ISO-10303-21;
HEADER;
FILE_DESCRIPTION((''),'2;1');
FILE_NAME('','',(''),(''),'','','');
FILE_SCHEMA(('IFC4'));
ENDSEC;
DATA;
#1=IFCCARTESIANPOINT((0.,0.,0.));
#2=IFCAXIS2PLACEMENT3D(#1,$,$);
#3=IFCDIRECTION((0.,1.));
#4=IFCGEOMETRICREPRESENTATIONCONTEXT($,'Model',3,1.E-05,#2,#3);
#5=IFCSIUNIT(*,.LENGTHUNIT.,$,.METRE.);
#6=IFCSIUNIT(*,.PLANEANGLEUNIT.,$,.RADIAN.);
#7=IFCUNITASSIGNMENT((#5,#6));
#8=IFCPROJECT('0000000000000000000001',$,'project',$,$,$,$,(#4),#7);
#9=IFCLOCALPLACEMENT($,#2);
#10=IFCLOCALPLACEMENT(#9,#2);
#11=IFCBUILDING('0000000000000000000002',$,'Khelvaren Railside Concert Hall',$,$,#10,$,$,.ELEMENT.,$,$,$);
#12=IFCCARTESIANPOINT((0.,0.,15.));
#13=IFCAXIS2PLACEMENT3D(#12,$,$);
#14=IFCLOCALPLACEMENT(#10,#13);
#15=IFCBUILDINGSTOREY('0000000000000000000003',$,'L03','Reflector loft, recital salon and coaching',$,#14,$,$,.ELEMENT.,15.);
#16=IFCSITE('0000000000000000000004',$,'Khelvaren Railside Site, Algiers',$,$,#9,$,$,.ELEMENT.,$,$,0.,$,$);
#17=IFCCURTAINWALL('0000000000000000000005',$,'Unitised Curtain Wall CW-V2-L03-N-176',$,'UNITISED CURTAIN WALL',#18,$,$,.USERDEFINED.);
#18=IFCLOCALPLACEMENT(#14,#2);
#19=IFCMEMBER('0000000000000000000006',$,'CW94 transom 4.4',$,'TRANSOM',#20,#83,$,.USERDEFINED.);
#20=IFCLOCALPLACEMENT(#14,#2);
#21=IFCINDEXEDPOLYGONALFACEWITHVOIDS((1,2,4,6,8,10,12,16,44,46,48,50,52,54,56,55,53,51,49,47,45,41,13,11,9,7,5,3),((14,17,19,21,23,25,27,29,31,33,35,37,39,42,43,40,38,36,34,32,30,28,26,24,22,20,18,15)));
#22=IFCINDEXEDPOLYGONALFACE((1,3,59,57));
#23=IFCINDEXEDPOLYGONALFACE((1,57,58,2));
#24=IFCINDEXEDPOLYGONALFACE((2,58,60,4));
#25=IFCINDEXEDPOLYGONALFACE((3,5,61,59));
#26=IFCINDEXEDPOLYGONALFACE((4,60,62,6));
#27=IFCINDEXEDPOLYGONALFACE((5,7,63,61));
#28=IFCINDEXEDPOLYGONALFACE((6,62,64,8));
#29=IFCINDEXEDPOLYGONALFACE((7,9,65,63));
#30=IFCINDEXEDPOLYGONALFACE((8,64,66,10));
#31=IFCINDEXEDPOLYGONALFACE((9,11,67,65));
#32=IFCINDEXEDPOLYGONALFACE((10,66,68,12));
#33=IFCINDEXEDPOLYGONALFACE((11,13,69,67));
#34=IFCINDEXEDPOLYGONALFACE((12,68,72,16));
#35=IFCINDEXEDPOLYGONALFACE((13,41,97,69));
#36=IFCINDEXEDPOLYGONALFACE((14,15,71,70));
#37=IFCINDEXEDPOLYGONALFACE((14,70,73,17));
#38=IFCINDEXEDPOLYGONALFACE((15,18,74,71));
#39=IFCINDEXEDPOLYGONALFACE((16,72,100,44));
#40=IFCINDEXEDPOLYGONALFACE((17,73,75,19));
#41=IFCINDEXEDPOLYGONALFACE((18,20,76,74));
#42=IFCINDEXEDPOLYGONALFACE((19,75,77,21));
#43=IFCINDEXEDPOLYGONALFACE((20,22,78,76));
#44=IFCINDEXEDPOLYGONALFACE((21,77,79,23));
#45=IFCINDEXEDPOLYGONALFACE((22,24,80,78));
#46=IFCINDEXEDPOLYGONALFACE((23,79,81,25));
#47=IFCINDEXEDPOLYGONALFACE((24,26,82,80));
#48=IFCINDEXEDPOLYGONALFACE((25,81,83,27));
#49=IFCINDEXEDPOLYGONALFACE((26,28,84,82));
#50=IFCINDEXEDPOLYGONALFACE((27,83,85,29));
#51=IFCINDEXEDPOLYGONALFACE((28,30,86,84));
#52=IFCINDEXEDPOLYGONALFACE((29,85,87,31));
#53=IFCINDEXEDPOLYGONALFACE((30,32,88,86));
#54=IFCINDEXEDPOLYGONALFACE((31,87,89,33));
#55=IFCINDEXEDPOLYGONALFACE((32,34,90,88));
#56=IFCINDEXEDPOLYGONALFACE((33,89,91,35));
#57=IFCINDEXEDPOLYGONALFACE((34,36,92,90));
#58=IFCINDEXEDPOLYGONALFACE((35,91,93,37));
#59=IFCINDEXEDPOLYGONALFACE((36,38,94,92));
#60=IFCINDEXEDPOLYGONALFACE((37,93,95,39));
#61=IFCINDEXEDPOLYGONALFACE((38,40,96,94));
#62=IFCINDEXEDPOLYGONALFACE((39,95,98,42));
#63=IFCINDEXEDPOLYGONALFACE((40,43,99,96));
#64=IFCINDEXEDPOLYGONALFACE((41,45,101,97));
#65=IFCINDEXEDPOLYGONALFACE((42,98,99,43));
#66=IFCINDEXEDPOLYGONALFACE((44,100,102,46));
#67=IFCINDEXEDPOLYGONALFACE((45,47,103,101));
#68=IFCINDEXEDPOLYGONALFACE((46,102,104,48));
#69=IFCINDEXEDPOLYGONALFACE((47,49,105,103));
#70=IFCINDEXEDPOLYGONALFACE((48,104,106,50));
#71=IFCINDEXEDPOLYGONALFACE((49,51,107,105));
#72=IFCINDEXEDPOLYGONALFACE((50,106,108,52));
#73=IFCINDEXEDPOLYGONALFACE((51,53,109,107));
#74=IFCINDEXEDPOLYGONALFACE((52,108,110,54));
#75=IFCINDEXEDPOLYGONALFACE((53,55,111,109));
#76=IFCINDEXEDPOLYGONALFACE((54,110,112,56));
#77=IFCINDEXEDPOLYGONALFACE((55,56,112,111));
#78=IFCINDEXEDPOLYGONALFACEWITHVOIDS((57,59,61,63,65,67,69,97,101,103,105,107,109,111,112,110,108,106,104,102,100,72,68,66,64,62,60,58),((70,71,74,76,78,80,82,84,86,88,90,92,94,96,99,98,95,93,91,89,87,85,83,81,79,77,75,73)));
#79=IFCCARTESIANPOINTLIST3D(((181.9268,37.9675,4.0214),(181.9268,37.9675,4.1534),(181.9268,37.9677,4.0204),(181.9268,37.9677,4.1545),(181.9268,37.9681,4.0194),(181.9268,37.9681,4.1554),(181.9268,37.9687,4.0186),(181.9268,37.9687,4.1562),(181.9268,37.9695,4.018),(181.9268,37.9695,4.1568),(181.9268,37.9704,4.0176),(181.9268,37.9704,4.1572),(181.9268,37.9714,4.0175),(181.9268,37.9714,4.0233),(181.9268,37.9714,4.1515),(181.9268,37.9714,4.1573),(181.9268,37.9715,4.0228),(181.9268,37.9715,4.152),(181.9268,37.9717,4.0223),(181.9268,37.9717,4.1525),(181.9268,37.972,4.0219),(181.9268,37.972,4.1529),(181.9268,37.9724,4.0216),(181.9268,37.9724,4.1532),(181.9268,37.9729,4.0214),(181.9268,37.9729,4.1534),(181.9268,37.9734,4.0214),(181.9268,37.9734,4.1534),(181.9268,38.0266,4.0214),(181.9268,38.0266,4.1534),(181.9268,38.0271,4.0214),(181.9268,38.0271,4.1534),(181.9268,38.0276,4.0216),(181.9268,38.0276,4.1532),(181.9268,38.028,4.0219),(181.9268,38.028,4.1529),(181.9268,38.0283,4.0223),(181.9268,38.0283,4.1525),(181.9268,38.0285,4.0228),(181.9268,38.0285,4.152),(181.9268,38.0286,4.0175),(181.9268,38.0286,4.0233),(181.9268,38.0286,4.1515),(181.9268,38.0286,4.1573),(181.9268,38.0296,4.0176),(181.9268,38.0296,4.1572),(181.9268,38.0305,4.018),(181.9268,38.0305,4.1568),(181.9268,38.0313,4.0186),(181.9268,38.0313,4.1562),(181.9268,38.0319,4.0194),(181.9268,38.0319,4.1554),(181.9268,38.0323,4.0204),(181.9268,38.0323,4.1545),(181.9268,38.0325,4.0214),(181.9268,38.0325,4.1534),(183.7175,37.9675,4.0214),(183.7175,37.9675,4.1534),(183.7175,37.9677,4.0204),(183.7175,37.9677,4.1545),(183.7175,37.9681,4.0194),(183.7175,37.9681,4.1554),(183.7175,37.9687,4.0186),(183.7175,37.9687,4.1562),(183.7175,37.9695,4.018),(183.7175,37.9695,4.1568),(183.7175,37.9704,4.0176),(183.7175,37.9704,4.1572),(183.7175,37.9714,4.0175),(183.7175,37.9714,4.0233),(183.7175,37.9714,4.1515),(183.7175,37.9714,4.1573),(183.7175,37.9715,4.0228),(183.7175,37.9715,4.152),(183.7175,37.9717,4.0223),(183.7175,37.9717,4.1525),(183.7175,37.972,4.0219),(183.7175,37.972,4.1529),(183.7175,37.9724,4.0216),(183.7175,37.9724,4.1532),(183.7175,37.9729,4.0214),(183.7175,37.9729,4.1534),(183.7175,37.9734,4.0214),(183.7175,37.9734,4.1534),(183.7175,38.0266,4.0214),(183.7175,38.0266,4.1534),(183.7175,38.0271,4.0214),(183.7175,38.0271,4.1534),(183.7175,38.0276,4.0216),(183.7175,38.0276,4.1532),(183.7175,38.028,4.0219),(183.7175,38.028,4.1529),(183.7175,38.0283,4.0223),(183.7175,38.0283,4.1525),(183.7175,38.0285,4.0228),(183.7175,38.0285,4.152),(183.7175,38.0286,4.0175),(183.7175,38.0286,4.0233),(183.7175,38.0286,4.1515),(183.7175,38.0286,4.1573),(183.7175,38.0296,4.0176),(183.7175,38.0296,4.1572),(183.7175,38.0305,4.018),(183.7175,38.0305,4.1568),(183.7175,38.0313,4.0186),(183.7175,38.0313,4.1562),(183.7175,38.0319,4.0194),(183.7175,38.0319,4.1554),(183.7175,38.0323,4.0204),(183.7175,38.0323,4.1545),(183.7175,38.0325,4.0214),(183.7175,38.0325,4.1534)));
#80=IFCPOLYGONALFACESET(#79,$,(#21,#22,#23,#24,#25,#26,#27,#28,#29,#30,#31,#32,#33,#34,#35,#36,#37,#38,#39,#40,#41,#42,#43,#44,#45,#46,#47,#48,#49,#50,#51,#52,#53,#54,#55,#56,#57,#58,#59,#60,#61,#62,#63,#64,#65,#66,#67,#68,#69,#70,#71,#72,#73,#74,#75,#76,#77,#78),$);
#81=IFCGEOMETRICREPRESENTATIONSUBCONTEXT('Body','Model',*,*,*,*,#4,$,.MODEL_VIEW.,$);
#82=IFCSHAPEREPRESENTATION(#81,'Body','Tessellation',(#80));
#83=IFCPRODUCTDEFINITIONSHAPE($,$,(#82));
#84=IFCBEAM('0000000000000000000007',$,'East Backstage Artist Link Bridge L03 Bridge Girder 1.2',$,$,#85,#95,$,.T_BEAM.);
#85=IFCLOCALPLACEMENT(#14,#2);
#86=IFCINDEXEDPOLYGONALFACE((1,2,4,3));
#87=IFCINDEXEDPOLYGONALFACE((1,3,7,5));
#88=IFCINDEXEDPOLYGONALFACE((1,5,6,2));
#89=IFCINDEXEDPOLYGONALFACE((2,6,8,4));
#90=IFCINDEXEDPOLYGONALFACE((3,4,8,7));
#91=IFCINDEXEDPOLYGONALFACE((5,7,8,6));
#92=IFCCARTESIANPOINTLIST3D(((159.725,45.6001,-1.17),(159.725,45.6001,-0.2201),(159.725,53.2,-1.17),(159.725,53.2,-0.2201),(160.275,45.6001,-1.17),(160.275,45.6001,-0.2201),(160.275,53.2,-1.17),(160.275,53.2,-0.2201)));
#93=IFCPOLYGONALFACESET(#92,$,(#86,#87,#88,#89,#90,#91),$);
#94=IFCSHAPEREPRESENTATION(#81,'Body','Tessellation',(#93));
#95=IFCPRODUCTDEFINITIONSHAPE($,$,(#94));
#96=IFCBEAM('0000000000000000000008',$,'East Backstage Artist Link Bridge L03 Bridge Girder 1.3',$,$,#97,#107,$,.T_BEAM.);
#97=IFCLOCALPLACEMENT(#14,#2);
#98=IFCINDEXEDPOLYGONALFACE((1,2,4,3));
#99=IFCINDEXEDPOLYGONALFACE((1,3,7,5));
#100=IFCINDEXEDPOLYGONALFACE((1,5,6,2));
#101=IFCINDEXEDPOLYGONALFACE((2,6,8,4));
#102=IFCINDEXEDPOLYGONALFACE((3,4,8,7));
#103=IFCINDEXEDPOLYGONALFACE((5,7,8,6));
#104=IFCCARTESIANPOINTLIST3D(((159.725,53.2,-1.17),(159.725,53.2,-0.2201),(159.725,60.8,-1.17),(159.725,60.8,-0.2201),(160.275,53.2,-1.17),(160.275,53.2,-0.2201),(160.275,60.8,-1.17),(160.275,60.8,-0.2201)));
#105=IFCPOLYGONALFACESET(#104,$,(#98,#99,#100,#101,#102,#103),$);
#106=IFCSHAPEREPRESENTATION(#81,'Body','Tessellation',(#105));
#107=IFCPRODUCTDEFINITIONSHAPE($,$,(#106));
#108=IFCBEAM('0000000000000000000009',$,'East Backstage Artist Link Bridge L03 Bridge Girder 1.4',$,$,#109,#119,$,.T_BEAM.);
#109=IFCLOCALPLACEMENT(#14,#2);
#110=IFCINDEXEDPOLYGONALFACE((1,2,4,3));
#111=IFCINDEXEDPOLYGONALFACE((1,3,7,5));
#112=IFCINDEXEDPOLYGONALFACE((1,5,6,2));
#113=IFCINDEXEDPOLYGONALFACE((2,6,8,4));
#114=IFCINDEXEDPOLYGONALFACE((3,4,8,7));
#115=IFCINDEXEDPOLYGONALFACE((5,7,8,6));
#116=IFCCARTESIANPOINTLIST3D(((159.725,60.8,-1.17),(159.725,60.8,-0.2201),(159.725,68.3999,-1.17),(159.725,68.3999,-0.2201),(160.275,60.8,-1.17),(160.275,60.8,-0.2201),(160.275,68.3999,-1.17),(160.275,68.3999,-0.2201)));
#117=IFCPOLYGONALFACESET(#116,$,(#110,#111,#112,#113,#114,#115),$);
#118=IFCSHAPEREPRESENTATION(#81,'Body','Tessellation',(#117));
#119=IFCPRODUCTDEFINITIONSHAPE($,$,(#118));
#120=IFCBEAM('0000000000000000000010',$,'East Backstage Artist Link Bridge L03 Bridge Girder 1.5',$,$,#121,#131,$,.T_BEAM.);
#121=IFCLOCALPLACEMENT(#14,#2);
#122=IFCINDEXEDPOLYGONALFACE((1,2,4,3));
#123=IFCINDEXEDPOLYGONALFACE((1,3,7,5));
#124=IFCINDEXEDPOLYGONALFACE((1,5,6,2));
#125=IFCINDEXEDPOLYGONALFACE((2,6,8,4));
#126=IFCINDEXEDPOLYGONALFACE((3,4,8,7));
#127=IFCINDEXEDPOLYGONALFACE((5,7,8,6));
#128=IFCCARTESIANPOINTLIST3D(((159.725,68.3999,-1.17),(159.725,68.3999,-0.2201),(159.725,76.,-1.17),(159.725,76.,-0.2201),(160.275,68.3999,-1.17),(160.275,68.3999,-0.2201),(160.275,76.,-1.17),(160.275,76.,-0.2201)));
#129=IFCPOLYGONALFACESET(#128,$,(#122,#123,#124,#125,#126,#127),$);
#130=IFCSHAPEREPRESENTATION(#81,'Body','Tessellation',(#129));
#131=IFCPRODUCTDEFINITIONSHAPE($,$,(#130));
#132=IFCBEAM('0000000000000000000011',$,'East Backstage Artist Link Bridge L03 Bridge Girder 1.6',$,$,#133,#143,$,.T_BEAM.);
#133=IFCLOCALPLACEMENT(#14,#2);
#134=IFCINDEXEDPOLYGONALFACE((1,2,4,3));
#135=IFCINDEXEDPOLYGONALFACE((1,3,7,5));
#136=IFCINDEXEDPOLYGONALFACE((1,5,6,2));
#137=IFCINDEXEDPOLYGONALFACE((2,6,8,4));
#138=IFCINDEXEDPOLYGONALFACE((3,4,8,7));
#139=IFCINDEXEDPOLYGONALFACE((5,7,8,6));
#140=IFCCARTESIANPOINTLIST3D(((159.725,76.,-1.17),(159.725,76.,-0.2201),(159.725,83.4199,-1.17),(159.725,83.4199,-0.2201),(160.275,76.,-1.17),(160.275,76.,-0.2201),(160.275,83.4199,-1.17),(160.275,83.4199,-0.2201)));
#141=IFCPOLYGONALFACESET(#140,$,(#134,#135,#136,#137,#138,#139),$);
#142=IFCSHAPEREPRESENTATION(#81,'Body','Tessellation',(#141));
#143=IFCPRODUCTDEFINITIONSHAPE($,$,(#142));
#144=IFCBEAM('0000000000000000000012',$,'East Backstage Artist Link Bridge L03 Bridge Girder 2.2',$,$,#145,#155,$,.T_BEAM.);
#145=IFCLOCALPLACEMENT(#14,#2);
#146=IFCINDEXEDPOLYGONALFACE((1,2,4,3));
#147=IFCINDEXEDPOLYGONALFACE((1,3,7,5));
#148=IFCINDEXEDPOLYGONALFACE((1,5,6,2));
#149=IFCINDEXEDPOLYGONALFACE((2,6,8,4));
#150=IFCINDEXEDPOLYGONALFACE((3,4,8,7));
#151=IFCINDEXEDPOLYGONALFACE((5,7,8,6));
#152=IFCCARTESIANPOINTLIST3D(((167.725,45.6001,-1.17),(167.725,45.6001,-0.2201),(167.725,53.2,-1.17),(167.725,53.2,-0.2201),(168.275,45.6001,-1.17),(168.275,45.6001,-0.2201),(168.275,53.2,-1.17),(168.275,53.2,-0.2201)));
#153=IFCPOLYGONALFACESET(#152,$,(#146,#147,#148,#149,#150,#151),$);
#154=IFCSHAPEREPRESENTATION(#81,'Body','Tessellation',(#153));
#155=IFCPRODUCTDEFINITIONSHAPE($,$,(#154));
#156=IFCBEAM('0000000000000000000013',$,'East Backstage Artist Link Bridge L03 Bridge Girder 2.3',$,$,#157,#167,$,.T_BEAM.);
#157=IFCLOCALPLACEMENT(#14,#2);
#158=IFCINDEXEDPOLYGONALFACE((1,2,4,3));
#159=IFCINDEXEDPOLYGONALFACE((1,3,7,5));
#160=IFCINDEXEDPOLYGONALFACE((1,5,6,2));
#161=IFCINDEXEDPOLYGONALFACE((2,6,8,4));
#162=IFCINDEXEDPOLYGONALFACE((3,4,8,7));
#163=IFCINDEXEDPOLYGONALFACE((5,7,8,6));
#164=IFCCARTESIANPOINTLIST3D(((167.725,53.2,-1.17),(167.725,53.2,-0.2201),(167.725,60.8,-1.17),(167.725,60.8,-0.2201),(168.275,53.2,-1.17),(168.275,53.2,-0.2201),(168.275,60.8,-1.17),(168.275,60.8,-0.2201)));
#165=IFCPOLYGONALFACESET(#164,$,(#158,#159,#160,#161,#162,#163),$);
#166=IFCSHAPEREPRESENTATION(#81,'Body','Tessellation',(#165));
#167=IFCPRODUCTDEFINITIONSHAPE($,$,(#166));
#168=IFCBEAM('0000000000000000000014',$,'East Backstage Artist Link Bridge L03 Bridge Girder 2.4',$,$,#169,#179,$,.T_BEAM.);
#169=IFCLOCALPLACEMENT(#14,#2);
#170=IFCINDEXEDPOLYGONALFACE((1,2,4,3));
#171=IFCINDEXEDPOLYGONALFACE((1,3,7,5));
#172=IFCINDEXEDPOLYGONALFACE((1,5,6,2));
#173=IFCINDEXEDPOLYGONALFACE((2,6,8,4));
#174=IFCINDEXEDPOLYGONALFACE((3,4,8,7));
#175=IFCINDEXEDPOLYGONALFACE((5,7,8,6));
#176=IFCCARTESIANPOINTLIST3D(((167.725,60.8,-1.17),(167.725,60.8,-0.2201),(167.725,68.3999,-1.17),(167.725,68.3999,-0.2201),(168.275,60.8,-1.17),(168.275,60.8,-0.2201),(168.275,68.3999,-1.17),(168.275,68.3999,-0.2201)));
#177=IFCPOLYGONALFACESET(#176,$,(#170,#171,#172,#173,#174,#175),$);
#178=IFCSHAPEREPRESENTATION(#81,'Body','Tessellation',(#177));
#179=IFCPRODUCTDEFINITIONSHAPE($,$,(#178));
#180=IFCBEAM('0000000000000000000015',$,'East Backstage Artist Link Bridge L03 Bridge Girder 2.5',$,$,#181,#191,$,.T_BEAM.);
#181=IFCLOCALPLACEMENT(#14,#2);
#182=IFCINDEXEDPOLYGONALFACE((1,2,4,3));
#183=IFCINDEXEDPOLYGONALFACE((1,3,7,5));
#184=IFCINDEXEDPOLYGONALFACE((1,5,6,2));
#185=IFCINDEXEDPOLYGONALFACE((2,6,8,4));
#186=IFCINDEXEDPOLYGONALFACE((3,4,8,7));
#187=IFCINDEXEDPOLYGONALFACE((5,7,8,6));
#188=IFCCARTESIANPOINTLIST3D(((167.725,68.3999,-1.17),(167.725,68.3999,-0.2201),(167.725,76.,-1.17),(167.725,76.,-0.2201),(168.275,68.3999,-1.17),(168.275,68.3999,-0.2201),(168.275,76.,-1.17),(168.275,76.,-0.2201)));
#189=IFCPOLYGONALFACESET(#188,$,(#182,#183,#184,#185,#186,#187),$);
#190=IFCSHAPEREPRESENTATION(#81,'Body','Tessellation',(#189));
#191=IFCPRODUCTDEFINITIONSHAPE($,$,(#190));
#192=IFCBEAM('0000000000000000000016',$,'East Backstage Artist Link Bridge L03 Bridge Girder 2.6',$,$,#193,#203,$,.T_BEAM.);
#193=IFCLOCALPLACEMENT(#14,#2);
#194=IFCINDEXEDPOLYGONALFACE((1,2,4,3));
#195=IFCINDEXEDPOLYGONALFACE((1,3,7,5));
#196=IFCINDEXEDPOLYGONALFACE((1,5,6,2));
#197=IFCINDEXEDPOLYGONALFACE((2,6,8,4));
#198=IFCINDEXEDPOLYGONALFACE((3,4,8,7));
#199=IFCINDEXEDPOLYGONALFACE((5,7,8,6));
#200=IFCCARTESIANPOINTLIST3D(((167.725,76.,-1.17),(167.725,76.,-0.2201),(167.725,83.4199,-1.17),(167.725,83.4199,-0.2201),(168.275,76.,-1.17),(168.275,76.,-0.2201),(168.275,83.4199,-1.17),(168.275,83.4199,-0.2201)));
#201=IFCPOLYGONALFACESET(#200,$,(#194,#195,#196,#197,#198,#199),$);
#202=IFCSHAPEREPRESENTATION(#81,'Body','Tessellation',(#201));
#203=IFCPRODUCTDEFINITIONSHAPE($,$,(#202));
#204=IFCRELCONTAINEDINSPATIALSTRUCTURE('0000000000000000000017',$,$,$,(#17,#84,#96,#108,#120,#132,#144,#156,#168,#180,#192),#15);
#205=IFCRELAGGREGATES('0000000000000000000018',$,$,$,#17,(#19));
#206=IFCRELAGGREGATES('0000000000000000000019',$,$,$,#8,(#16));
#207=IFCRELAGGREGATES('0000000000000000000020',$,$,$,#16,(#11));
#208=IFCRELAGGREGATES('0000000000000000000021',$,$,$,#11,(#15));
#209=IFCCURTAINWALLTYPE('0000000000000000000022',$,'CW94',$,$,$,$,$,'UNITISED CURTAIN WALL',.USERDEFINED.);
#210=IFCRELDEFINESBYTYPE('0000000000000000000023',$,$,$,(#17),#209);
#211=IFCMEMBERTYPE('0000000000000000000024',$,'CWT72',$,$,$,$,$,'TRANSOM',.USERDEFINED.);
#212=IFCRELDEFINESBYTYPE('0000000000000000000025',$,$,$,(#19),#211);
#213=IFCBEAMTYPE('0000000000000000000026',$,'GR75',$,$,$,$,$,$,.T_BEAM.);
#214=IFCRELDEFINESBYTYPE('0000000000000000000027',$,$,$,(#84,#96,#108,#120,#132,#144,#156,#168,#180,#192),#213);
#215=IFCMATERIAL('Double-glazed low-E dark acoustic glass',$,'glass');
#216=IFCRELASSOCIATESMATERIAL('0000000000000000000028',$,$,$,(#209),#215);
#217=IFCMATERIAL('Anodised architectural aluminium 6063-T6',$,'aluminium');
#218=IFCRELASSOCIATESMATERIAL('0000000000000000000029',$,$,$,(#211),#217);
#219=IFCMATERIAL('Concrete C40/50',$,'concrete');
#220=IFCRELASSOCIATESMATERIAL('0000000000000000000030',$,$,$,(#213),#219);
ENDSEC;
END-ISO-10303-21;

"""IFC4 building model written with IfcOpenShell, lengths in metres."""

from ifc_helpers import new_model, si_unit, direction, frame, origin, origin_2d, place, context, subcontext, project, spatial, rectangle, hollow_rectangle, extrude, material, material_profile, profile_set, type_object, element, aggregate, save


model = new_model("IFC4")

# Units and contexts
model_context = context("Model", 3, precision=1e-05, world=origin(), true_north=direction((0.0, 1.0)))
body_context = subcontext(model_context, "Body", "Model", "MODEL_VIEW")
ifc_project = project(units=[si_unit("LENGTHUNIT", "METRE"), si_unit("PLANEANGLEUNIT", "RADIAN")], contexts=[model_context])

# Site, building, storey
site_placement = place(None, origin())
site = spatial("IfcSite", under=ifc_project, at=site_placement, Name="Khelvaren Railside Site, Algiers", CompositionType="ELEMENT", RefElevation=0.0)
building_placement = place(site_placement, origin())
building = spatial("IfcBuilding", under=site, at=building_placement, Name="Khelvaren Railside Concert Hall", CompositionType="ELEMENT")
storey_placement = place(building_placement, frame((0.0, 0.0, 15.0)))
storey = spatial("IfcBuildingStorey", under=building, at=storey_placement, Name="L03", Description="Reflector loft, recital salon and coaching", CompositionType="ELEMENT", Elevation=15.0)

# Shared definitions
ifc_material_1 = material(Name="Concrete C40/50", Category="concrete")

# Curtain wall, member
ifc_material_2 = material(Name="Double-glazed low-E dark acoustic glass", Category="glass")
curtain_wall_type = type_object("IfcCurtainWallType", Name="CW94", ElementType="UNITISED CURTAIN WALL", PredefinedType="USERDEFINED", material=ifc_material_2)
curtain_wall_placement = place(storey_placement, origin())
curtain_wall = element("IfcCurtainWall", 1, at=curtain_wall_placement, inside=storey, type_object=curtain_wall_type, Name="Unitised Curtain Wall CW-V2-L03-N-176", ObjectType="UNITISED CURTAIN WALL", PredefinedType="USERDEFINED")
ifc_material_3 = material(Name="Anodised architectural aluminium 6063-T6", Category="aluminium")
ifc_material_profile_1 = material_profile(ifc_material_3, hollow_rectangle(XDim=0.0649, YDim=0.1399, WallThickness=0.0039, InnerFilletRadius=0.002, OuterFilletRadius=0.0039, at=origin_2d()), Name="CWT 65x140x4")
ifc_profile_set_1 = profile_set([ifc_material_profile_1], Name="Anodised architectural aluminium 6063-T6")
member_type_1 = type_object("IfcMemberType", Name="CWT72", ElementType="TRANSOM", PredefinedType="USERDEFINED", material=ifc_profile_set_1)
member_1_placement = place(storey_placement, frame((181.9268, 38.0, 4.0874), z_axis=(1.0, 0.0, 0.0), x_axis=(0.0, 1.0, 0.0)))
member_1 = element("IfcMember", 2, at=member_1_placement, type_object=member_type_1, Name="CW94 transom 4.4", ObjectType="TRANSOM", PredefinedType="USERDEFINED", context=body_context, shape_type="SweptSolid", body=[
    extrude(hollow_rectangle(XDim=0.0649, YDim=0.1399, WallThickness=0.0039, InnerFilletRadius=0.002, OuterFilletRadius=0.0039, at=origin_2d()), origin(), (0.0, 0.0, 1.0), 1.7908),
])

# Beams
ifc_material_profile_2 = material_profile(ifc_material_1, rectangle(XDim=0.55, YDim=0.95, at=origin_2d()), Name="RCB 550x950")
ifc_profile_set_2 = profile_set([ifc_material_profile_2], Name="Concrete C40/50")
beam_type_1 = type_object("IfcBeamType", Name="GR75", PredefinedType="T_BEAM", material=ifc_profile_set_2)
beam_1_placement = place(storey_placement, frame((160.0, 45.6001, -0.6951), z_axis=(0.0, 1.0, 0.0), x_axis=(-1.0, 0.0, 0.0)))
element("IfcBeam", 3, at=beam_1_placement, inside=storey, type_object=beam_type_1, Name="East Backstage Artist Link Bridge L03 Bridge Girder 1.2", PredefinedType="T_BEAM", context=body_context, shape_type="SweptSolid", body=[
    extrude(rectangle(XDim=0.55, YDim=0.95, at=origin_2d()), origin(), (0.0, 0.0, 1.0), 7.5999),
])
beam_2_placement = place(storey_placement, frame((160.0, 53.2, -0.6951), z_axis=(0.0, 1.0, 0.0), x_axis=(-1.0, 0.0, 0.0)))
element("IfcBeam", 4, at=beam_2_placement, inside=storey, type_object=beam_type_1, Name="East Backstage Artist Link Bridge L03 Bridge Girder 1.3", PredefinedType="T_BEAM", context=body_context, shape_type="SweptSolid", body=[
    extrude(rectangle(XDim=0.55, YDim=0.95, at=origin_2d()), origin(), (0.0, 0.0, 1.0), 7.6001),
])
beam_3_placement = place(storey_placement, frame((160.0, 60.8, -0.6951), z_axis=(0.0, 1.0, 0.0), x_axis=(-1.0, 0.0, 0.0)))
element("IfcBeam", 5, at=beam_3_placement, inside=storey, type_object=beam_type_1, Name="East Backstage Artist Link Bridge L03 Bridge Girder 1.4", PredefinedType="T_BEAM", context=body_context, shape_type="SweptSolid", body=[
    extrude(rectangle(XDim=0.55, YDim=0.95, at=origin_2d()), origin(), (0.0, 0.0, 1.0), 7.5999),
])
beam_4_placement = place(storey_placement, frame((160.0, 68.3999, -0.6951), z_axis=(0.0, 1.0, 0.0), x_axis=(-1.0, 0.0, 0.0)))
element("IfcBeam", 6, at=beam_4_placement, inside=storey, type_object=beam_type_1, Name="East Backstage Artist Link Bridge L03 Bridge Girder 1.5", PredefinedType="T_BEAM", context=body_context, shape_type="SweptSolid", body=[
    extrude(rectangle(XDim=0.55, YDim=0.95, at=origin_2d()), origin(), (0.0, 0.0, 1.0), 7.6001),
])
beam_5_placement = place(storey_placement, frame((160.0, 76.0, -0.6951), z_axis=(0.0, 1.0, 0.0), x_axis=(-1.0, 0.0, 0.0)))
element("IfcBeam", 7, at=beam_5_placement, inside=storey, type_object=beam_type_1, Name="East Backstage Artist Link Bridge L03 Bridge Girder 1.6", PredefinedType="T_BEAM", context=body_context, shape_type="SweptSolid", body=[
    extrude(rectangle(XDim=0.55, YDim=0.95, at=origin_2d()), origin(), (0.0, 0.0, 1.0), 7.4199),
])
beam_6_placement = place(storey_placement, frame((168.0, 45.6001, -0.6951), z_axis=(0.0, 1.0, 0.0), x_axis=(-1.0, 0.0, 0.0)))
element("IfcBeam", 8, at=beam_6_placement, inside=storey, type_object=beam_type_1, Name="East Backstage Artist Link Bridge L03 Bridge Girder 2.2", PredefinedType="T_BEAM", context=body_context, shape_type="SweptSolid", body=[
    extrude(rectangle(XDim=0.55, YDim=0.95, at=origin_2d()), origin(), (0.0, 0.0, 1.0), 7.5999),
])
beam_7_placement = place(storey_placement, frame((168.0, 53.2, -0.6951), z_axis=(0.0, 1.0, 0.0), x_axis=(-1.0, 0.0, 0.0)))
element("IfcBeam", 9, at=beam_7_placement, inside=storey, type_object=beam_type_1, Name="East Backstage Artist Link Bridge L03 Bridge Girder 2.3", PredefinedType="T_BEAM", context=body_context, shape_type="SweptSolid", body=[
    extrude(rectangle(XDim=0.55, YDim=0.95, at=origin_2d()), origin(), (0.0, 0.0, 1.0), 7.6001),
])
beam_8_placement = place(storey_placement, frame((168.0, 60.8, -0.6951), z_axis=(0.0, 1.0, 0.0), x_axis=(-1.0, 0.0, 0.0)))
element("IfcBeam", 10, at=beam_8_placement, inside=storey, type_object=beam_type_1, Name="East Backstage Artist Link Bridge L03 Bridge Girder 2.4", PredefinedType="T_BEAM", context=body_context, shape_type="SweptSolid", body=[
    extrude(rectangle(XDim=0.55, YDim=0.95, at=origin_2d()), origin(), (0.0, 0.0, 1.0), 7.5999),
])
beam_9_placement = place(storey_placement, frame((168.0, 68.3999, -0.6951), z_axis=(0.0, 1.0, 0.0), x_axis=(-1.0, 0.0, 0.0)))
element("IfcBeam", 11, at=beam_9_placement, inside=storey, type_object=beam_type_1, Name="East Backstage Artist Link Bridge L03 Bridge Girder 2.5", PredefinedType="T_BEAM", context=body_context, shape_type="SweptSolid", body=[
    extrude(rectangle(XDim=0.55, YDim=0.95, at=origin_2d()), origin(), (0.0, 0.0, 1.0), 7.6001),
])
beam_10_placement = place(storey_placement, frame((168.0, 76.0, -0.6951), z_axis=(0.0, 1.0, 0.0), x_axis=(-1.0, 0.0, 0.0)))
element("IfcBeam", 12, at=beam_10_placement, inside=storey, type_object=beam_type_1, Name="East Backstage Artist Link Bridge L03 Bridge Girder 2.6", PredefinedType="T_BEAM", context=body_context, shape_type="SweptSolid", body=[
    extrude(rectangle(XDim=0.55, YDim=0.95, at=origin_2d()), origin(), (0.0, 0.0, 1.0), 7.4199),
])

aggregate(curtain_wall, [member_1])

save(model, "model.ifc")
